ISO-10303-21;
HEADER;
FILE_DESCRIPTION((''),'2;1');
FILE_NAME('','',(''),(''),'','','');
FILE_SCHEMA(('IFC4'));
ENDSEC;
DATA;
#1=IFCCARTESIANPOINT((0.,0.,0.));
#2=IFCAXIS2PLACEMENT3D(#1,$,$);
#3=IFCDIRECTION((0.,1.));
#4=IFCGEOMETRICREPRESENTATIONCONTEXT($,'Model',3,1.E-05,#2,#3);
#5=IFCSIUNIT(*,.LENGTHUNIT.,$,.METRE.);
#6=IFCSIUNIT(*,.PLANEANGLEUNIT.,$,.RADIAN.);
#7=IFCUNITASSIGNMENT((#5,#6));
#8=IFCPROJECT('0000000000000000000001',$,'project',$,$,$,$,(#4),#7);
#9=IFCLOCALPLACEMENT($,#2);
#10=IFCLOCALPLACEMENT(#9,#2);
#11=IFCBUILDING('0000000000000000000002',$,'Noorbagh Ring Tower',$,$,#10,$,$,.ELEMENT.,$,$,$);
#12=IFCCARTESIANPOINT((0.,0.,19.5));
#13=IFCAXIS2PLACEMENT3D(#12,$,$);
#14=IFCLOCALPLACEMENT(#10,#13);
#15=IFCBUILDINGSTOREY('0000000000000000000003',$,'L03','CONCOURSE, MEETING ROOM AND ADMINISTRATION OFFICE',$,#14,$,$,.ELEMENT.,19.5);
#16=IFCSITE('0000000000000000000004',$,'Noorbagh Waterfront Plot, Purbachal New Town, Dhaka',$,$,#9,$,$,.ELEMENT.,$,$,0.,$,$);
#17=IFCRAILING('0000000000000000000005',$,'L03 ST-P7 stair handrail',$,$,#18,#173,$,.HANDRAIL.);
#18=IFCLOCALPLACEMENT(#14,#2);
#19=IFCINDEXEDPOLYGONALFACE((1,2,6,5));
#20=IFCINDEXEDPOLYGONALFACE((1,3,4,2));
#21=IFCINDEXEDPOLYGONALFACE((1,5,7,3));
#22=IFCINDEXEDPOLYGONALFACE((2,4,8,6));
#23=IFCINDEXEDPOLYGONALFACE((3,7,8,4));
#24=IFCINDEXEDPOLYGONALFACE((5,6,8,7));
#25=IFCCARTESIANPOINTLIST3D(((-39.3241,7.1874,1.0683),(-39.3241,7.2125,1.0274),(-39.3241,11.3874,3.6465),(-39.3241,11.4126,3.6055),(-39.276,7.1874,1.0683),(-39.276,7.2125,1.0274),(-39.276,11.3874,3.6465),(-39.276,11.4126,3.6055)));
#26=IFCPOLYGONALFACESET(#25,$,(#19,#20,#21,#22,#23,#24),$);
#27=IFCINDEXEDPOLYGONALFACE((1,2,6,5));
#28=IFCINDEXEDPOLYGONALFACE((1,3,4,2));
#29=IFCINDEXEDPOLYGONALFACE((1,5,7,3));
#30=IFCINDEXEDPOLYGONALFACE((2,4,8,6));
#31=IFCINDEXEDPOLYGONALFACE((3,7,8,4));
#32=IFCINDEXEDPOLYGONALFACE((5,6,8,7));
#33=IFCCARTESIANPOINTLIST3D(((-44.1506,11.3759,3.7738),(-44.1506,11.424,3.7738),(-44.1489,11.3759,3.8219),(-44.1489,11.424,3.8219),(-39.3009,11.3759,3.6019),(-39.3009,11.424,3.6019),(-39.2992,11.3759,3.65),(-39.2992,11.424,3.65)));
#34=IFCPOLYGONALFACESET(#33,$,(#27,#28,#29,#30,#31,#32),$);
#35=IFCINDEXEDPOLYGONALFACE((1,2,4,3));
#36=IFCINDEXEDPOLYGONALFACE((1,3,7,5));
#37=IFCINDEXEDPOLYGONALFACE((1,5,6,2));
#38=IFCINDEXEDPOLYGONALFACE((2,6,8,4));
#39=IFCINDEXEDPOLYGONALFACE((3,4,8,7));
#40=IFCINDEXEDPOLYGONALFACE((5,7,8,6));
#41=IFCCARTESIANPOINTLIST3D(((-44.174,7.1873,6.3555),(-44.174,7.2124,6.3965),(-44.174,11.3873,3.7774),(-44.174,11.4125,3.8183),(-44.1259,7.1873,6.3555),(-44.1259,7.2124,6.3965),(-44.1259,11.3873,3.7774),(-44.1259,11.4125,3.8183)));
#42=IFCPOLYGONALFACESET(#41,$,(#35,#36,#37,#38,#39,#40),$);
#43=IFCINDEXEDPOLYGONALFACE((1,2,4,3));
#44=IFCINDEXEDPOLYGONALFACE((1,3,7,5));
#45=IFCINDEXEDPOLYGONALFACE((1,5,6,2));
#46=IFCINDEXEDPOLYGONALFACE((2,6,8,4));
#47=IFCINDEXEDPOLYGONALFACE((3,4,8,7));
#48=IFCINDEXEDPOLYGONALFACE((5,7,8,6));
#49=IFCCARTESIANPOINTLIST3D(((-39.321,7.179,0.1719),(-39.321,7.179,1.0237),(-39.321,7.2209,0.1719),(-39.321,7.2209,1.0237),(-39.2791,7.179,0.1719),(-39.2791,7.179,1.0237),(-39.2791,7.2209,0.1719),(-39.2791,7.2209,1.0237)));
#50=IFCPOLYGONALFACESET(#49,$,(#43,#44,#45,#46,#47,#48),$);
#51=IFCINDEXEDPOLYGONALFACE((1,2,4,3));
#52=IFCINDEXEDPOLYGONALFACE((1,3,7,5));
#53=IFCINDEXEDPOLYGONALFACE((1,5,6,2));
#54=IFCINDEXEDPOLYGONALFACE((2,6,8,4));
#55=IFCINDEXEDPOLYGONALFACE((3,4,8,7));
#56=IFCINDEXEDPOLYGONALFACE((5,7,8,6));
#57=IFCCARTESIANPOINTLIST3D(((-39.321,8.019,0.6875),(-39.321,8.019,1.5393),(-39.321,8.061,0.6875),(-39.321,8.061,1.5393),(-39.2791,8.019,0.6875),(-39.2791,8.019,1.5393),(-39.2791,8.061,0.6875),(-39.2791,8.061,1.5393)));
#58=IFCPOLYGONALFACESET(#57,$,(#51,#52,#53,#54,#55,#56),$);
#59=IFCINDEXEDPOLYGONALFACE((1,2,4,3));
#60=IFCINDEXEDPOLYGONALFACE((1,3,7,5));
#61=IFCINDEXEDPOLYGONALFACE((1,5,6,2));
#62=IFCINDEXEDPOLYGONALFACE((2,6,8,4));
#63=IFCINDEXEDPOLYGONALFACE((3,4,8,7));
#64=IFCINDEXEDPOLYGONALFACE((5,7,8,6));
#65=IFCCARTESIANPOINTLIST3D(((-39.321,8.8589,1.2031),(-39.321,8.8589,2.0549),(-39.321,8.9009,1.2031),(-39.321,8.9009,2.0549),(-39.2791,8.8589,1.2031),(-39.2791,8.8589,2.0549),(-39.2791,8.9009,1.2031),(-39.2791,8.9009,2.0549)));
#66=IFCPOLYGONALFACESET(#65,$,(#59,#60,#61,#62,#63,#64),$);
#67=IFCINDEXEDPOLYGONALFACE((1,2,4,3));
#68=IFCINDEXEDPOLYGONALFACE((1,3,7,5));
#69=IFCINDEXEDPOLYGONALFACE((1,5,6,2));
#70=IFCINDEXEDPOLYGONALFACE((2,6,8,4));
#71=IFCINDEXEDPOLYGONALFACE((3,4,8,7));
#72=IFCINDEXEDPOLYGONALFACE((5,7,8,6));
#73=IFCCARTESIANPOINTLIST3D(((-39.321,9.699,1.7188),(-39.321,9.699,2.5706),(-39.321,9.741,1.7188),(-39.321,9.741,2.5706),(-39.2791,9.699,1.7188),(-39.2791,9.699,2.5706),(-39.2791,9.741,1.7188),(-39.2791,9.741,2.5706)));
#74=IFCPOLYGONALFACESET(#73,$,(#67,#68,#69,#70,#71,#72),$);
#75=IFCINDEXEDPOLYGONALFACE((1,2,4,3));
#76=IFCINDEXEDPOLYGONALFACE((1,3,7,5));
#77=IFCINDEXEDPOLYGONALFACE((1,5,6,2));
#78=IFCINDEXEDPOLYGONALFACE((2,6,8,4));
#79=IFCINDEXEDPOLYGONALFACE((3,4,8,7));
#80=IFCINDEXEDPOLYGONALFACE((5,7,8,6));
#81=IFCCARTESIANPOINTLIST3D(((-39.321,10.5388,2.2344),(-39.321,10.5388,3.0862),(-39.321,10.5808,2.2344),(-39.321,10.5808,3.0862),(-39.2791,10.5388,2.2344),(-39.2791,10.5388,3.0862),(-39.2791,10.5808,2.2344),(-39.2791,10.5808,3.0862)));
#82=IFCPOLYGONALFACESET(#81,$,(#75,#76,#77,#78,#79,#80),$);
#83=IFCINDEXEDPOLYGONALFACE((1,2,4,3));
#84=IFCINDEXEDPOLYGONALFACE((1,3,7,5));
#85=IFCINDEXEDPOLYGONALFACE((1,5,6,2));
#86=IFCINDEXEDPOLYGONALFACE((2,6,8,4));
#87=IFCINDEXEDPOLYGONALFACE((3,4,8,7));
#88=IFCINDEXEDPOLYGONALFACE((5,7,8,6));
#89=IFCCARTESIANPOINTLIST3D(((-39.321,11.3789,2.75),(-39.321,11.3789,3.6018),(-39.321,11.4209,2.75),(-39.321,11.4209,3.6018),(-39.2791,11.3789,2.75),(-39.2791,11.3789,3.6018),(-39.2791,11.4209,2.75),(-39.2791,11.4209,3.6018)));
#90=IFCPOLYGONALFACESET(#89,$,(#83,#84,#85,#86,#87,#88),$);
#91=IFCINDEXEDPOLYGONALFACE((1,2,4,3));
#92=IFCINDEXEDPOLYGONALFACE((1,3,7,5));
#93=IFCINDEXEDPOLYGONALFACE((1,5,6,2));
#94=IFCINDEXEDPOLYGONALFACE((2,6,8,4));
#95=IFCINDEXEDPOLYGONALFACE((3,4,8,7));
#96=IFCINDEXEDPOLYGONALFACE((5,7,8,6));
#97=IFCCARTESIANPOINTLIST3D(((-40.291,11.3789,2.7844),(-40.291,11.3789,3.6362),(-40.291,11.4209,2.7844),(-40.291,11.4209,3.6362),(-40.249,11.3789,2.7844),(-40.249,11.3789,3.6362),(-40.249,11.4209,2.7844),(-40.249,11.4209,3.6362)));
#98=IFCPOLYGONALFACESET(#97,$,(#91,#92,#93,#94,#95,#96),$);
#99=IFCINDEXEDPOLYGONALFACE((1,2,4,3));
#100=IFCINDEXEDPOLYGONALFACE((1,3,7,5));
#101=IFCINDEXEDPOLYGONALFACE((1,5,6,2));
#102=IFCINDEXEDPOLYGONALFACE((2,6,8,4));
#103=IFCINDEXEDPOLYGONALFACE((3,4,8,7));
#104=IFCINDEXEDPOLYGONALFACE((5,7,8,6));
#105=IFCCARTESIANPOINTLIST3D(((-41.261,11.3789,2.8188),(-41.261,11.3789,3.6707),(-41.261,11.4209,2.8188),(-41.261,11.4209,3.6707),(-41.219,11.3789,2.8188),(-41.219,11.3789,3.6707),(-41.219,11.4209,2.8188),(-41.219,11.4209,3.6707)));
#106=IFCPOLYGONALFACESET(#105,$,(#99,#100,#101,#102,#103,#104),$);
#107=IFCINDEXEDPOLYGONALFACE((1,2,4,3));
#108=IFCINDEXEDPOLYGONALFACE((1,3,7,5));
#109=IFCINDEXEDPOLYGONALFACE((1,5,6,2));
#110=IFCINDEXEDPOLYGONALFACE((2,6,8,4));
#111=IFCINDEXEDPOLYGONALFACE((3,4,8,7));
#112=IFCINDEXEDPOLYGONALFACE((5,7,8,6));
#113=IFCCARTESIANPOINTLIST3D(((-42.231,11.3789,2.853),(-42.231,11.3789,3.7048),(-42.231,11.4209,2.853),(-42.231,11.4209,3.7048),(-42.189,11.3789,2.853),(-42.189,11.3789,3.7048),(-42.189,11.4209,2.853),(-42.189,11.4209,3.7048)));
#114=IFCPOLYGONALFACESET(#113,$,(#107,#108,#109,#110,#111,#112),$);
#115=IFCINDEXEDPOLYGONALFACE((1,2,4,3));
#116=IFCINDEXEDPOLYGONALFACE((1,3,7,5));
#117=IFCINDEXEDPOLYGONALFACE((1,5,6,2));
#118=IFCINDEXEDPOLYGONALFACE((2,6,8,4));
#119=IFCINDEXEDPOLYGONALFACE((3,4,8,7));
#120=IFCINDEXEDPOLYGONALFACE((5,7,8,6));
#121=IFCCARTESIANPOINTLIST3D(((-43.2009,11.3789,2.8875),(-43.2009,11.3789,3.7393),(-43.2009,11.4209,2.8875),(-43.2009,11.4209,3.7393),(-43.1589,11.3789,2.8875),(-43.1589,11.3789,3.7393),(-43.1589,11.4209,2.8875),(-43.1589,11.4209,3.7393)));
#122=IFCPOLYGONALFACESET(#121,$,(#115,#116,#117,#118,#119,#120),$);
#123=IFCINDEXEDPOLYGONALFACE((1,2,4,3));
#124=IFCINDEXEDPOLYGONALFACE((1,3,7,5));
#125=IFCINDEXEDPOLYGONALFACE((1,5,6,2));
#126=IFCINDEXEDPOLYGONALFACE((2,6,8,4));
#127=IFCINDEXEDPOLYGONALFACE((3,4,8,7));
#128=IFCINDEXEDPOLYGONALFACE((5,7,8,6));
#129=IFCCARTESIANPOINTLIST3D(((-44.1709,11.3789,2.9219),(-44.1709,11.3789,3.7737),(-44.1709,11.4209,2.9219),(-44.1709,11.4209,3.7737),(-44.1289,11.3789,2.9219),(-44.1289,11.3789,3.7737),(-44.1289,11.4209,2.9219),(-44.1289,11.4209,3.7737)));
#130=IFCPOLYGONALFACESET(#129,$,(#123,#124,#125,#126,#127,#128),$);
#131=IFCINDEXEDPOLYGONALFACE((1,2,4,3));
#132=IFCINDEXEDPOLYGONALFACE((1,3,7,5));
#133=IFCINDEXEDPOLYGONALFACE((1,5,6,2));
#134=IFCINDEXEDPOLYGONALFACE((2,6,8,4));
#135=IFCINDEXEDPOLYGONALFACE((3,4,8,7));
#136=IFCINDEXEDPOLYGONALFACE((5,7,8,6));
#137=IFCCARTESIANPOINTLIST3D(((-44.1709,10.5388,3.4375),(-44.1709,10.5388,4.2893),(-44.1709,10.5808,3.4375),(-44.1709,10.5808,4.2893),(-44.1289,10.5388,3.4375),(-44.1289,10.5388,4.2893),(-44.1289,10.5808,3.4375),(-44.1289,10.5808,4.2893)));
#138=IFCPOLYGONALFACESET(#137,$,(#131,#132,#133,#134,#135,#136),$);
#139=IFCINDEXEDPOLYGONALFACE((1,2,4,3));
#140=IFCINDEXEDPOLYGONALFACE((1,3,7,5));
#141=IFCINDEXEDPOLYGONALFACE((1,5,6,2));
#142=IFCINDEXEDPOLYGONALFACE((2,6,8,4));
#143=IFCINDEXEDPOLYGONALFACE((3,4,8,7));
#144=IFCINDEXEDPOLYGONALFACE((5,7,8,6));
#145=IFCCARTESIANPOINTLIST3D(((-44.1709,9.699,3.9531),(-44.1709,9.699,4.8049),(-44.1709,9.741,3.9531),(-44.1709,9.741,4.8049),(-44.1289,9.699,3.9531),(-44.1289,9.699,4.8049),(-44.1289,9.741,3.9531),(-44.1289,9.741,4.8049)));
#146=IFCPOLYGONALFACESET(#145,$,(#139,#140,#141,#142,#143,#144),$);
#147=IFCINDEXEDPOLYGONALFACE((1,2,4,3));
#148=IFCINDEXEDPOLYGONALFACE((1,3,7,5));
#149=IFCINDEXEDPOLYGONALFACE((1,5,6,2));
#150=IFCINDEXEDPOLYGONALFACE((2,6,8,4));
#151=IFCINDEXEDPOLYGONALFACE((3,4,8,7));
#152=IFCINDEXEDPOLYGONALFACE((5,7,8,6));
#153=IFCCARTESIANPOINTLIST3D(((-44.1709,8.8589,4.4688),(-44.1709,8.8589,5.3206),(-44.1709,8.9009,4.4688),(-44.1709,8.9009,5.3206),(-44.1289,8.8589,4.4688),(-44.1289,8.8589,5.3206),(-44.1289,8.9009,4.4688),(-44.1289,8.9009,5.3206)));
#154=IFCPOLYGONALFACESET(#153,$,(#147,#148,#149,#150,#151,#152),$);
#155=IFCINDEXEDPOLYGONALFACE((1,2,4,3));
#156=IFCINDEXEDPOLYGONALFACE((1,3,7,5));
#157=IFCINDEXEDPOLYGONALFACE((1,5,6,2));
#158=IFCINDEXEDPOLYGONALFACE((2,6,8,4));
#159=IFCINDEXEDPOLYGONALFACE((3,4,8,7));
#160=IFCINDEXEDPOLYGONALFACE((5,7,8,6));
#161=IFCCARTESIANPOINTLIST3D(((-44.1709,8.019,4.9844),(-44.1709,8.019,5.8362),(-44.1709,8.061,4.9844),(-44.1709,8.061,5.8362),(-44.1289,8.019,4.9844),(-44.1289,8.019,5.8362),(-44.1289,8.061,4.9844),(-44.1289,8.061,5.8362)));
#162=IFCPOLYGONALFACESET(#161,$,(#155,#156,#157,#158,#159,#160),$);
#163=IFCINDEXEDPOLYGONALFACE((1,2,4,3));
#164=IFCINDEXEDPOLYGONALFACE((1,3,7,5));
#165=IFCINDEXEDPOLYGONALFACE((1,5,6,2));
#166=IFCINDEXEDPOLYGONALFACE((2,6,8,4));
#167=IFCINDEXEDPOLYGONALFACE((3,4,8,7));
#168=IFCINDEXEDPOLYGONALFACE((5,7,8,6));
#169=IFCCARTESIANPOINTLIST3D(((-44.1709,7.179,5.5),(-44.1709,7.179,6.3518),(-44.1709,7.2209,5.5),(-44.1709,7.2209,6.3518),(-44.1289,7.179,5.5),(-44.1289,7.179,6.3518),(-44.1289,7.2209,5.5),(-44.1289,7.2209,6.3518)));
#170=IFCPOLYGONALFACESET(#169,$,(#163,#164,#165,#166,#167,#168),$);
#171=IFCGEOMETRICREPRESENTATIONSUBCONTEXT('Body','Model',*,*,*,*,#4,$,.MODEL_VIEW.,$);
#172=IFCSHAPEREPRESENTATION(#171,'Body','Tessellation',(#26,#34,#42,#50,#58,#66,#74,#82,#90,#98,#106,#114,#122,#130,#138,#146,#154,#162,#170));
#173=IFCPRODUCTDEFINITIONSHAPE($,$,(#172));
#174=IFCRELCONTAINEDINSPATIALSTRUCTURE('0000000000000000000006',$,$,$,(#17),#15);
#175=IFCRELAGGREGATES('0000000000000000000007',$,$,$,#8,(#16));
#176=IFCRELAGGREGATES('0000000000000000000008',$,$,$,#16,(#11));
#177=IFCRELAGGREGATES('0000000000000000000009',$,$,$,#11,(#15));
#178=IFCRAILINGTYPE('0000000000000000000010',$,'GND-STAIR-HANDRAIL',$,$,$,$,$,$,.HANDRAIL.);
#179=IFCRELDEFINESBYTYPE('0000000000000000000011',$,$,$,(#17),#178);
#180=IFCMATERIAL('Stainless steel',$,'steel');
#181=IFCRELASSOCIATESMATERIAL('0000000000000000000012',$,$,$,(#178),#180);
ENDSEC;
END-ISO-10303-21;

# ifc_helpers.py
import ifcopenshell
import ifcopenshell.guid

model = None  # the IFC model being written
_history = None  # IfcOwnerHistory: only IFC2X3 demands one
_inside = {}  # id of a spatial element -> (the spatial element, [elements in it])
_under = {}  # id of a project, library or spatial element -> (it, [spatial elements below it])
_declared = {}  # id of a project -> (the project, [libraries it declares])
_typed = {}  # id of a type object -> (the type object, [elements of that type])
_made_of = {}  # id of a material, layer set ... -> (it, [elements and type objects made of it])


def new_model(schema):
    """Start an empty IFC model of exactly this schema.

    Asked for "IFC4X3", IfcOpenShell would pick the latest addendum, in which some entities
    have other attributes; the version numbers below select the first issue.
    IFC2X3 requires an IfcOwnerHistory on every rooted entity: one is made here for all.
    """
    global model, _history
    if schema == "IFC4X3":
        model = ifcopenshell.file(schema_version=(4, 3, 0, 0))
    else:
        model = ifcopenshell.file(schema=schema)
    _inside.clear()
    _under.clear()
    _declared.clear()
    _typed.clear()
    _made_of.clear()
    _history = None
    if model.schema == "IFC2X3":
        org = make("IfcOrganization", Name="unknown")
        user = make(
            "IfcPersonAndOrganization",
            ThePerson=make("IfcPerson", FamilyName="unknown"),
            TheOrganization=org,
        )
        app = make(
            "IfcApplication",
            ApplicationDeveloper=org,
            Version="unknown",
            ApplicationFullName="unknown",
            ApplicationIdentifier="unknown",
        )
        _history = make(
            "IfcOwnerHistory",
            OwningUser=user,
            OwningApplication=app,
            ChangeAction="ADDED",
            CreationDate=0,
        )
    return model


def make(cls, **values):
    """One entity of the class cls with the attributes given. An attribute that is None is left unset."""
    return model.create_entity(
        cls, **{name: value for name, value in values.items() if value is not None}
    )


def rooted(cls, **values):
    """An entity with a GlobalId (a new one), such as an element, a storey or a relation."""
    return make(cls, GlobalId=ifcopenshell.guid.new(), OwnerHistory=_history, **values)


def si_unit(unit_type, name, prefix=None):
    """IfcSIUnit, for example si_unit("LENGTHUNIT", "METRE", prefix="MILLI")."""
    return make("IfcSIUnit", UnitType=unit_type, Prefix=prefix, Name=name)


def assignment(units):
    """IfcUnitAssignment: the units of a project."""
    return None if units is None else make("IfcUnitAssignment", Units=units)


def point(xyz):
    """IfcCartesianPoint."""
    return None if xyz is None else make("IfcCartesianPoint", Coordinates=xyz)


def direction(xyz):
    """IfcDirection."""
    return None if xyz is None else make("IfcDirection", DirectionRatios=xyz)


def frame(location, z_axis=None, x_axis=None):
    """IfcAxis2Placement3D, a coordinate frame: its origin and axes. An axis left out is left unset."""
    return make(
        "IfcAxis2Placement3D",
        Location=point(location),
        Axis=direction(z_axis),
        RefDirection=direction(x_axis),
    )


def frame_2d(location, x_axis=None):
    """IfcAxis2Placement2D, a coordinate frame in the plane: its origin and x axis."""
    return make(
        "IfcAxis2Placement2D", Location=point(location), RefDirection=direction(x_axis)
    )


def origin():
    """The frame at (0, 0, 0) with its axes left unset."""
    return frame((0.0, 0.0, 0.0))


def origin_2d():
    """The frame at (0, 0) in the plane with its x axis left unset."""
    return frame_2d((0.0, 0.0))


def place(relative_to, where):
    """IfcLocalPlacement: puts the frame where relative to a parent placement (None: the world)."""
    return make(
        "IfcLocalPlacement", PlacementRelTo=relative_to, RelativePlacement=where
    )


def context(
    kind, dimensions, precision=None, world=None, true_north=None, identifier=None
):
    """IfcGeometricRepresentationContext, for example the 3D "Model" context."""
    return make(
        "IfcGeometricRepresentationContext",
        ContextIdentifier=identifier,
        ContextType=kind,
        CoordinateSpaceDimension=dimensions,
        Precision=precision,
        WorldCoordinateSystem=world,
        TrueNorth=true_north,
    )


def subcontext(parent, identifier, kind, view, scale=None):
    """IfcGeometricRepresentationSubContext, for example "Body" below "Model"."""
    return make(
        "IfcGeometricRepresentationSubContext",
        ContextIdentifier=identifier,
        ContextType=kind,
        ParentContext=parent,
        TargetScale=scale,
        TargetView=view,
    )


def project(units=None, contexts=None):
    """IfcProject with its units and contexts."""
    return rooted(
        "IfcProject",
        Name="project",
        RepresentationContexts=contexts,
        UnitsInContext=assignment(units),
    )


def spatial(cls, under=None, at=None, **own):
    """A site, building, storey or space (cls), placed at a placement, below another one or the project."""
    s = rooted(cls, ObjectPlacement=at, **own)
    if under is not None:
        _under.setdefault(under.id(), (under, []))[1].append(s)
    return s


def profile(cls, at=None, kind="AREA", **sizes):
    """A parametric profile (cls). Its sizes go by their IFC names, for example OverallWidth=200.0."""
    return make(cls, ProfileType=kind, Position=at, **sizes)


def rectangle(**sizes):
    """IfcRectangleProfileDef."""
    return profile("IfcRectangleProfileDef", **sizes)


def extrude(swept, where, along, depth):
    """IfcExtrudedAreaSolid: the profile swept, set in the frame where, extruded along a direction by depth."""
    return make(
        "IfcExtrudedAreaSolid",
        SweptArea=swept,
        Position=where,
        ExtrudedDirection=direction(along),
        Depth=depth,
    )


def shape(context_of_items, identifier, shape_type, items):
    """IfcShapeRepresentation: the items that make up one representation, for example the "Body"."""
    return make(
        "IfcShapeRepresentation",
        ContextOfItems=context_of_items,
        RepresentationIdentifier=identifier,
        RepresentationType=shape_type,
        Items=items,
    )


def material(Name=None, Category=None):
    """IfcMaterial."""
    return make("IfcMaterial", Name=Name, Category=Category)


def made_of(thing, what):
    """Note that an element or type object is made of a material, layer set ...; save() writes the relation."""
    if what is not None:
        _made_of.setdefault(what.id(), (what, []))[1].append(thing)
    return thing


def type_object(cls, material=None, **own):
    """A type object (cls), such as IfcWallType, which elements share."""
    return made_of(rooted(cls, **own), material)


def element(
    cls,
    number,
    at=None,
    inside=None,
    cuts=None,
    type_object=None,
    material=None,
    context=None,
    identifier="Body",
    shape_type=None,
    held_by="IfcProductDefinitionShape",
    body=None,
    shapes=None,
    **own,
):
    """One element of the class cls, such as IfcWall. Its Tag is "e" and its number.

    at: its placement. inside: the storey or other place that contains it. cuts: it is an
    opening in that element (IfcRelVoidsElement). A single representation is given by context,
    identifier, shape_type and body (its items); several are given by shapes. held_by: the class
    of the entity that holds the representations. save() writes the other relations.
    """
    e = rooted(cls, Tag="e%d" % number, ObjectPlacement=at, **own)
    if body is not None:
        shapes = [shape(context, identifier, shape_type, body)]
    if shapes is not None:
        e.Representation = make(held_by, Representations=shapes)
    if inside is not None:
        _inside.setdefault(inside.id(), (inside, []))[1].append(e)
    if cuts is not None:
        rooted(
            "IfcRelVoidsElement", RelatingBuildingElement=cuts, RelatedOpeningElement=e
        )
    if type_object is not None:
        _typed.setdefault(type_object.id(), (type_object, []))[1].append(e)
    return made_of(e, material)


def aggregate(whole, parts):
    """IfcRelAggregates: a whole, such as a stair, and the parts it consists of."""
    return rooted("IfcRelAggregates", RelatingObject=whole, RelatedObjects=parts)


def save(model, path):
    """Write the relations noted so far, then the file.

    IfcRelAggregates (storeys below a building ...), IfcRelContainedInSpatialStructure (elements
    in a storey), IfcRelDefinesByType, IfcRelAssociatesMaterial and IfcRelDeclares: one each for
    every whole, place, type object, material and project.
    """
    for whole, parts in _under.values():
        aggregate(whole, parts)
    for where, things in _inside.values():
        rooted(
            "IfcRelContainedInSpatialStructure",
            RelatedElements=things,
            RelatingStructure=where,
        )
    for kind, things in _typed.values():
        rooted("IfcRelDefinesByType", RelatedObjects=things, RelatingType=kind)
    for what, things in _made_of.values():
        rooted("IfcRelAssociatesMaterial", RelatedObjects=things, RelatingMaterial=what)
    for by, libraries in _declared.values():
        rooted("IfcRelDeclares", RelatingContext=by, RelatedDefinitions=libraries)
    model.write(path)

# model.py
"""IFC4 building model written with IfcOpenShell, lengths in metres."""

from ifc_helpers import new_model, si_unit, direction, frame, origin, origin_2d, place, context, subcontext, project, spatial, rectangle, extrude, material, type_object, element, save


model = new_model("IFC4")

# Units and contexts
model_context = context("Model", 3, precision=1e-05, world=origin(), true_north=direction((0.0, 1.0)))
body_context = subcontext(model_context, "Body", "Model", "MODEL_VIEW")
ifc_project = project(units=[si_unit("LENGTHUNIT", "METRE"), si_unit("PLANEANGLEUNIT", "RADIAN")], contexts=[model_context])

# Site, building, storey
site_placement = place(None, origin())
site = spatial("IfcSite", under=ifc_project, at=site_placement, Name="Noorbagh Waterfront Plot, Purbachal New Town, Dhaka", CompositionType="ELEMENT", RefElevation=0.0)
building_placement = place(site_placement, origin())
building = spatial("IfcBuilding", under=site, at=building_placement, Name="Noorbagh Ring Tower", CompositionType="ELEMENT")
storey_placement = place(building_placement, frame((0.0, 0.0, 19.5)))
storey = spatial("IfcBuildingStorey", under=building, at=storey_placement, Name="L03", Description="CONCOURSE, MEETING ROOM AND ADMINISTRATION OFFICE", CompositionType="ELEMENT", Elevation=19.5)

# Railing
ifc_material_1 = material(Name="Stainless steel", Category="steel")
railing_type_1 = type_object("IfcRailingType", Name="GND-STAIR-HANDRAIL", PredefinedType="HANDRAIL", material=ifc_material_1)
railing_1_placement = place(storey_placement, frame((-39.3, 7.2, 0.1719)))
element("IfcRailing", 1, at=railing_1_placement, inside=storey, type_object=railing_type_1, Name="L03 ST-P7 stair handrail", PredefinedType="HANDRAIL", context=body_context, shape_type="SweptSolid", body=[
    extrude(rectangle(XDim=0.0481, YDim=0.0481, at=origin_2d()), frame((0.0, 0.0, 0.876), z_axis=(0.0, 0.852243, 0.523146), x_axis=(-1.0, 0.0, 0.0)), (0.0, 0.0, 1.0), 4.9282),
    extrude(rectangle(XDim=0.0481, YDim=0.0481, at=origin_2d()), frame((0.0, 4.2, 3.4541), z_axis=(-0.999373, 0.0, 0.035417), x_axis=(0.0, -1.0, 0.0)), (0.0, 0.0, 1.0), 4.8528),
    extrude(rectangle(XDim=0.0481, YDim=0.0481, at=origin_2d()), frame((-4.8499, 4.2, 3.626), z_axis=(0.0, -0.852243, 0.523146), x_axis=(1.0, 0.0, 0.0)), (0.0, 0.0, 1.0), 4.9282),
    extrude(rectangle(XDim=0.042, YDim=0.042, at=origin_2d()), origin(), (0.0, 0.0, 1.0), 0.8518),
    extrude(rectangle(XDim=0.042, YDim=0.042, at=origin_2d()), frame((0.0, 0.8401, 0.5156)), (0.0, 0.0, 1.0), 0.8518),
    extrude(rectangle(XDim=0.042, YDim=0.042, at=origin_2d()), frame((0.0, 1.6799, 1.0312)), (0.0, 0.0, 1.0), 0.8518),
    extrude(rectangle(XDim=0.042, YDim=0.042, at=origin_2d()), frame((0.0, 2.52, 1.5469)), (0.0, 0.0, 1.0), 0.8518),
    extrude(rectangle(XDim=0.042, YDim=0.042, at=origin_2d()), frame((0.0, 3.3599, 2.0625)), (0.0, 0.0, 1.0), 0.8518),
    extrude(rectangle(XDim=0.042, YDim=0.042, at=origin_2d()), frame((0.0, 4.2, 2.5781)), (0.0, 0.0, 1.0), 0.8518),
    extrude(rectangle(XDim=0.042, YDim=0.042, at=origin_2d()), frame((-0.97, 4.2, 2.6125)), (0.0, 0.0, 1.0), 0.8518),
    extrude(rectangle(XDim=0.042, YDim=0.042, at=origin_2d()), frame((-1.9399, 4.2, 2.647)), (0.0, 0.0, 1.0), 0.8518),
    extrude(rectangle(XDim=0.042, YDim=0.042, at=origin_2d()), frame((-2.9099, 4.2, 2.6812)), (0.0, 0.0, 1.0), 0.8518),
    extrude(rectangle(XDim=0.042, YDim=0.042, at=origin_2d()), frame((-3.8799, 4.2, 2.7156)), (0.0, 0.0, 1.0), 0.8518),
    extrude(rectangle(XDim=0.042, YDim=0.042, at=origin_2d()), frame((-4.8499, 4.2, 2.75)), (0.0, 0.0, 1.0), 0.8518),
    extrude(rectangle(XDim=0.042, YDim=0.042, at=origin_2d()), frame((-4.8499, 3.3599, 3.2656)), (0.0, 0.0, 1.0), 0.8518),
    extrude(rectangle(XDim=0.042, YDim=0.042, at=origin_2d()), frame((-4.8499, 2.52, 3.7812)), (0.0, 0.0, 1.0), 0.8518),
    extrude(rectangle(XDim=0.042, YDim=0.042, at=origin_2d()), frame((-4.8499, 1.6799, 4.2969)), (0.0, 0.0, 1.0), 0.8518),
    extrude(rectangle(XDim=0.042, YDim=0.042, at=origin_2d()), frame((-4.8499, 0.8401, 4.8125)), (0.0, 0.0, 1.0), 0.8518),
    extrude(rectangle(XDim=0.042, YDim=0.042, at=origin_2d()), frame((-4.8499, 0.0, 5.3281)), (0.0, 0.0, 1.0), 0.8518),
])

save(model, "model.ifc")
